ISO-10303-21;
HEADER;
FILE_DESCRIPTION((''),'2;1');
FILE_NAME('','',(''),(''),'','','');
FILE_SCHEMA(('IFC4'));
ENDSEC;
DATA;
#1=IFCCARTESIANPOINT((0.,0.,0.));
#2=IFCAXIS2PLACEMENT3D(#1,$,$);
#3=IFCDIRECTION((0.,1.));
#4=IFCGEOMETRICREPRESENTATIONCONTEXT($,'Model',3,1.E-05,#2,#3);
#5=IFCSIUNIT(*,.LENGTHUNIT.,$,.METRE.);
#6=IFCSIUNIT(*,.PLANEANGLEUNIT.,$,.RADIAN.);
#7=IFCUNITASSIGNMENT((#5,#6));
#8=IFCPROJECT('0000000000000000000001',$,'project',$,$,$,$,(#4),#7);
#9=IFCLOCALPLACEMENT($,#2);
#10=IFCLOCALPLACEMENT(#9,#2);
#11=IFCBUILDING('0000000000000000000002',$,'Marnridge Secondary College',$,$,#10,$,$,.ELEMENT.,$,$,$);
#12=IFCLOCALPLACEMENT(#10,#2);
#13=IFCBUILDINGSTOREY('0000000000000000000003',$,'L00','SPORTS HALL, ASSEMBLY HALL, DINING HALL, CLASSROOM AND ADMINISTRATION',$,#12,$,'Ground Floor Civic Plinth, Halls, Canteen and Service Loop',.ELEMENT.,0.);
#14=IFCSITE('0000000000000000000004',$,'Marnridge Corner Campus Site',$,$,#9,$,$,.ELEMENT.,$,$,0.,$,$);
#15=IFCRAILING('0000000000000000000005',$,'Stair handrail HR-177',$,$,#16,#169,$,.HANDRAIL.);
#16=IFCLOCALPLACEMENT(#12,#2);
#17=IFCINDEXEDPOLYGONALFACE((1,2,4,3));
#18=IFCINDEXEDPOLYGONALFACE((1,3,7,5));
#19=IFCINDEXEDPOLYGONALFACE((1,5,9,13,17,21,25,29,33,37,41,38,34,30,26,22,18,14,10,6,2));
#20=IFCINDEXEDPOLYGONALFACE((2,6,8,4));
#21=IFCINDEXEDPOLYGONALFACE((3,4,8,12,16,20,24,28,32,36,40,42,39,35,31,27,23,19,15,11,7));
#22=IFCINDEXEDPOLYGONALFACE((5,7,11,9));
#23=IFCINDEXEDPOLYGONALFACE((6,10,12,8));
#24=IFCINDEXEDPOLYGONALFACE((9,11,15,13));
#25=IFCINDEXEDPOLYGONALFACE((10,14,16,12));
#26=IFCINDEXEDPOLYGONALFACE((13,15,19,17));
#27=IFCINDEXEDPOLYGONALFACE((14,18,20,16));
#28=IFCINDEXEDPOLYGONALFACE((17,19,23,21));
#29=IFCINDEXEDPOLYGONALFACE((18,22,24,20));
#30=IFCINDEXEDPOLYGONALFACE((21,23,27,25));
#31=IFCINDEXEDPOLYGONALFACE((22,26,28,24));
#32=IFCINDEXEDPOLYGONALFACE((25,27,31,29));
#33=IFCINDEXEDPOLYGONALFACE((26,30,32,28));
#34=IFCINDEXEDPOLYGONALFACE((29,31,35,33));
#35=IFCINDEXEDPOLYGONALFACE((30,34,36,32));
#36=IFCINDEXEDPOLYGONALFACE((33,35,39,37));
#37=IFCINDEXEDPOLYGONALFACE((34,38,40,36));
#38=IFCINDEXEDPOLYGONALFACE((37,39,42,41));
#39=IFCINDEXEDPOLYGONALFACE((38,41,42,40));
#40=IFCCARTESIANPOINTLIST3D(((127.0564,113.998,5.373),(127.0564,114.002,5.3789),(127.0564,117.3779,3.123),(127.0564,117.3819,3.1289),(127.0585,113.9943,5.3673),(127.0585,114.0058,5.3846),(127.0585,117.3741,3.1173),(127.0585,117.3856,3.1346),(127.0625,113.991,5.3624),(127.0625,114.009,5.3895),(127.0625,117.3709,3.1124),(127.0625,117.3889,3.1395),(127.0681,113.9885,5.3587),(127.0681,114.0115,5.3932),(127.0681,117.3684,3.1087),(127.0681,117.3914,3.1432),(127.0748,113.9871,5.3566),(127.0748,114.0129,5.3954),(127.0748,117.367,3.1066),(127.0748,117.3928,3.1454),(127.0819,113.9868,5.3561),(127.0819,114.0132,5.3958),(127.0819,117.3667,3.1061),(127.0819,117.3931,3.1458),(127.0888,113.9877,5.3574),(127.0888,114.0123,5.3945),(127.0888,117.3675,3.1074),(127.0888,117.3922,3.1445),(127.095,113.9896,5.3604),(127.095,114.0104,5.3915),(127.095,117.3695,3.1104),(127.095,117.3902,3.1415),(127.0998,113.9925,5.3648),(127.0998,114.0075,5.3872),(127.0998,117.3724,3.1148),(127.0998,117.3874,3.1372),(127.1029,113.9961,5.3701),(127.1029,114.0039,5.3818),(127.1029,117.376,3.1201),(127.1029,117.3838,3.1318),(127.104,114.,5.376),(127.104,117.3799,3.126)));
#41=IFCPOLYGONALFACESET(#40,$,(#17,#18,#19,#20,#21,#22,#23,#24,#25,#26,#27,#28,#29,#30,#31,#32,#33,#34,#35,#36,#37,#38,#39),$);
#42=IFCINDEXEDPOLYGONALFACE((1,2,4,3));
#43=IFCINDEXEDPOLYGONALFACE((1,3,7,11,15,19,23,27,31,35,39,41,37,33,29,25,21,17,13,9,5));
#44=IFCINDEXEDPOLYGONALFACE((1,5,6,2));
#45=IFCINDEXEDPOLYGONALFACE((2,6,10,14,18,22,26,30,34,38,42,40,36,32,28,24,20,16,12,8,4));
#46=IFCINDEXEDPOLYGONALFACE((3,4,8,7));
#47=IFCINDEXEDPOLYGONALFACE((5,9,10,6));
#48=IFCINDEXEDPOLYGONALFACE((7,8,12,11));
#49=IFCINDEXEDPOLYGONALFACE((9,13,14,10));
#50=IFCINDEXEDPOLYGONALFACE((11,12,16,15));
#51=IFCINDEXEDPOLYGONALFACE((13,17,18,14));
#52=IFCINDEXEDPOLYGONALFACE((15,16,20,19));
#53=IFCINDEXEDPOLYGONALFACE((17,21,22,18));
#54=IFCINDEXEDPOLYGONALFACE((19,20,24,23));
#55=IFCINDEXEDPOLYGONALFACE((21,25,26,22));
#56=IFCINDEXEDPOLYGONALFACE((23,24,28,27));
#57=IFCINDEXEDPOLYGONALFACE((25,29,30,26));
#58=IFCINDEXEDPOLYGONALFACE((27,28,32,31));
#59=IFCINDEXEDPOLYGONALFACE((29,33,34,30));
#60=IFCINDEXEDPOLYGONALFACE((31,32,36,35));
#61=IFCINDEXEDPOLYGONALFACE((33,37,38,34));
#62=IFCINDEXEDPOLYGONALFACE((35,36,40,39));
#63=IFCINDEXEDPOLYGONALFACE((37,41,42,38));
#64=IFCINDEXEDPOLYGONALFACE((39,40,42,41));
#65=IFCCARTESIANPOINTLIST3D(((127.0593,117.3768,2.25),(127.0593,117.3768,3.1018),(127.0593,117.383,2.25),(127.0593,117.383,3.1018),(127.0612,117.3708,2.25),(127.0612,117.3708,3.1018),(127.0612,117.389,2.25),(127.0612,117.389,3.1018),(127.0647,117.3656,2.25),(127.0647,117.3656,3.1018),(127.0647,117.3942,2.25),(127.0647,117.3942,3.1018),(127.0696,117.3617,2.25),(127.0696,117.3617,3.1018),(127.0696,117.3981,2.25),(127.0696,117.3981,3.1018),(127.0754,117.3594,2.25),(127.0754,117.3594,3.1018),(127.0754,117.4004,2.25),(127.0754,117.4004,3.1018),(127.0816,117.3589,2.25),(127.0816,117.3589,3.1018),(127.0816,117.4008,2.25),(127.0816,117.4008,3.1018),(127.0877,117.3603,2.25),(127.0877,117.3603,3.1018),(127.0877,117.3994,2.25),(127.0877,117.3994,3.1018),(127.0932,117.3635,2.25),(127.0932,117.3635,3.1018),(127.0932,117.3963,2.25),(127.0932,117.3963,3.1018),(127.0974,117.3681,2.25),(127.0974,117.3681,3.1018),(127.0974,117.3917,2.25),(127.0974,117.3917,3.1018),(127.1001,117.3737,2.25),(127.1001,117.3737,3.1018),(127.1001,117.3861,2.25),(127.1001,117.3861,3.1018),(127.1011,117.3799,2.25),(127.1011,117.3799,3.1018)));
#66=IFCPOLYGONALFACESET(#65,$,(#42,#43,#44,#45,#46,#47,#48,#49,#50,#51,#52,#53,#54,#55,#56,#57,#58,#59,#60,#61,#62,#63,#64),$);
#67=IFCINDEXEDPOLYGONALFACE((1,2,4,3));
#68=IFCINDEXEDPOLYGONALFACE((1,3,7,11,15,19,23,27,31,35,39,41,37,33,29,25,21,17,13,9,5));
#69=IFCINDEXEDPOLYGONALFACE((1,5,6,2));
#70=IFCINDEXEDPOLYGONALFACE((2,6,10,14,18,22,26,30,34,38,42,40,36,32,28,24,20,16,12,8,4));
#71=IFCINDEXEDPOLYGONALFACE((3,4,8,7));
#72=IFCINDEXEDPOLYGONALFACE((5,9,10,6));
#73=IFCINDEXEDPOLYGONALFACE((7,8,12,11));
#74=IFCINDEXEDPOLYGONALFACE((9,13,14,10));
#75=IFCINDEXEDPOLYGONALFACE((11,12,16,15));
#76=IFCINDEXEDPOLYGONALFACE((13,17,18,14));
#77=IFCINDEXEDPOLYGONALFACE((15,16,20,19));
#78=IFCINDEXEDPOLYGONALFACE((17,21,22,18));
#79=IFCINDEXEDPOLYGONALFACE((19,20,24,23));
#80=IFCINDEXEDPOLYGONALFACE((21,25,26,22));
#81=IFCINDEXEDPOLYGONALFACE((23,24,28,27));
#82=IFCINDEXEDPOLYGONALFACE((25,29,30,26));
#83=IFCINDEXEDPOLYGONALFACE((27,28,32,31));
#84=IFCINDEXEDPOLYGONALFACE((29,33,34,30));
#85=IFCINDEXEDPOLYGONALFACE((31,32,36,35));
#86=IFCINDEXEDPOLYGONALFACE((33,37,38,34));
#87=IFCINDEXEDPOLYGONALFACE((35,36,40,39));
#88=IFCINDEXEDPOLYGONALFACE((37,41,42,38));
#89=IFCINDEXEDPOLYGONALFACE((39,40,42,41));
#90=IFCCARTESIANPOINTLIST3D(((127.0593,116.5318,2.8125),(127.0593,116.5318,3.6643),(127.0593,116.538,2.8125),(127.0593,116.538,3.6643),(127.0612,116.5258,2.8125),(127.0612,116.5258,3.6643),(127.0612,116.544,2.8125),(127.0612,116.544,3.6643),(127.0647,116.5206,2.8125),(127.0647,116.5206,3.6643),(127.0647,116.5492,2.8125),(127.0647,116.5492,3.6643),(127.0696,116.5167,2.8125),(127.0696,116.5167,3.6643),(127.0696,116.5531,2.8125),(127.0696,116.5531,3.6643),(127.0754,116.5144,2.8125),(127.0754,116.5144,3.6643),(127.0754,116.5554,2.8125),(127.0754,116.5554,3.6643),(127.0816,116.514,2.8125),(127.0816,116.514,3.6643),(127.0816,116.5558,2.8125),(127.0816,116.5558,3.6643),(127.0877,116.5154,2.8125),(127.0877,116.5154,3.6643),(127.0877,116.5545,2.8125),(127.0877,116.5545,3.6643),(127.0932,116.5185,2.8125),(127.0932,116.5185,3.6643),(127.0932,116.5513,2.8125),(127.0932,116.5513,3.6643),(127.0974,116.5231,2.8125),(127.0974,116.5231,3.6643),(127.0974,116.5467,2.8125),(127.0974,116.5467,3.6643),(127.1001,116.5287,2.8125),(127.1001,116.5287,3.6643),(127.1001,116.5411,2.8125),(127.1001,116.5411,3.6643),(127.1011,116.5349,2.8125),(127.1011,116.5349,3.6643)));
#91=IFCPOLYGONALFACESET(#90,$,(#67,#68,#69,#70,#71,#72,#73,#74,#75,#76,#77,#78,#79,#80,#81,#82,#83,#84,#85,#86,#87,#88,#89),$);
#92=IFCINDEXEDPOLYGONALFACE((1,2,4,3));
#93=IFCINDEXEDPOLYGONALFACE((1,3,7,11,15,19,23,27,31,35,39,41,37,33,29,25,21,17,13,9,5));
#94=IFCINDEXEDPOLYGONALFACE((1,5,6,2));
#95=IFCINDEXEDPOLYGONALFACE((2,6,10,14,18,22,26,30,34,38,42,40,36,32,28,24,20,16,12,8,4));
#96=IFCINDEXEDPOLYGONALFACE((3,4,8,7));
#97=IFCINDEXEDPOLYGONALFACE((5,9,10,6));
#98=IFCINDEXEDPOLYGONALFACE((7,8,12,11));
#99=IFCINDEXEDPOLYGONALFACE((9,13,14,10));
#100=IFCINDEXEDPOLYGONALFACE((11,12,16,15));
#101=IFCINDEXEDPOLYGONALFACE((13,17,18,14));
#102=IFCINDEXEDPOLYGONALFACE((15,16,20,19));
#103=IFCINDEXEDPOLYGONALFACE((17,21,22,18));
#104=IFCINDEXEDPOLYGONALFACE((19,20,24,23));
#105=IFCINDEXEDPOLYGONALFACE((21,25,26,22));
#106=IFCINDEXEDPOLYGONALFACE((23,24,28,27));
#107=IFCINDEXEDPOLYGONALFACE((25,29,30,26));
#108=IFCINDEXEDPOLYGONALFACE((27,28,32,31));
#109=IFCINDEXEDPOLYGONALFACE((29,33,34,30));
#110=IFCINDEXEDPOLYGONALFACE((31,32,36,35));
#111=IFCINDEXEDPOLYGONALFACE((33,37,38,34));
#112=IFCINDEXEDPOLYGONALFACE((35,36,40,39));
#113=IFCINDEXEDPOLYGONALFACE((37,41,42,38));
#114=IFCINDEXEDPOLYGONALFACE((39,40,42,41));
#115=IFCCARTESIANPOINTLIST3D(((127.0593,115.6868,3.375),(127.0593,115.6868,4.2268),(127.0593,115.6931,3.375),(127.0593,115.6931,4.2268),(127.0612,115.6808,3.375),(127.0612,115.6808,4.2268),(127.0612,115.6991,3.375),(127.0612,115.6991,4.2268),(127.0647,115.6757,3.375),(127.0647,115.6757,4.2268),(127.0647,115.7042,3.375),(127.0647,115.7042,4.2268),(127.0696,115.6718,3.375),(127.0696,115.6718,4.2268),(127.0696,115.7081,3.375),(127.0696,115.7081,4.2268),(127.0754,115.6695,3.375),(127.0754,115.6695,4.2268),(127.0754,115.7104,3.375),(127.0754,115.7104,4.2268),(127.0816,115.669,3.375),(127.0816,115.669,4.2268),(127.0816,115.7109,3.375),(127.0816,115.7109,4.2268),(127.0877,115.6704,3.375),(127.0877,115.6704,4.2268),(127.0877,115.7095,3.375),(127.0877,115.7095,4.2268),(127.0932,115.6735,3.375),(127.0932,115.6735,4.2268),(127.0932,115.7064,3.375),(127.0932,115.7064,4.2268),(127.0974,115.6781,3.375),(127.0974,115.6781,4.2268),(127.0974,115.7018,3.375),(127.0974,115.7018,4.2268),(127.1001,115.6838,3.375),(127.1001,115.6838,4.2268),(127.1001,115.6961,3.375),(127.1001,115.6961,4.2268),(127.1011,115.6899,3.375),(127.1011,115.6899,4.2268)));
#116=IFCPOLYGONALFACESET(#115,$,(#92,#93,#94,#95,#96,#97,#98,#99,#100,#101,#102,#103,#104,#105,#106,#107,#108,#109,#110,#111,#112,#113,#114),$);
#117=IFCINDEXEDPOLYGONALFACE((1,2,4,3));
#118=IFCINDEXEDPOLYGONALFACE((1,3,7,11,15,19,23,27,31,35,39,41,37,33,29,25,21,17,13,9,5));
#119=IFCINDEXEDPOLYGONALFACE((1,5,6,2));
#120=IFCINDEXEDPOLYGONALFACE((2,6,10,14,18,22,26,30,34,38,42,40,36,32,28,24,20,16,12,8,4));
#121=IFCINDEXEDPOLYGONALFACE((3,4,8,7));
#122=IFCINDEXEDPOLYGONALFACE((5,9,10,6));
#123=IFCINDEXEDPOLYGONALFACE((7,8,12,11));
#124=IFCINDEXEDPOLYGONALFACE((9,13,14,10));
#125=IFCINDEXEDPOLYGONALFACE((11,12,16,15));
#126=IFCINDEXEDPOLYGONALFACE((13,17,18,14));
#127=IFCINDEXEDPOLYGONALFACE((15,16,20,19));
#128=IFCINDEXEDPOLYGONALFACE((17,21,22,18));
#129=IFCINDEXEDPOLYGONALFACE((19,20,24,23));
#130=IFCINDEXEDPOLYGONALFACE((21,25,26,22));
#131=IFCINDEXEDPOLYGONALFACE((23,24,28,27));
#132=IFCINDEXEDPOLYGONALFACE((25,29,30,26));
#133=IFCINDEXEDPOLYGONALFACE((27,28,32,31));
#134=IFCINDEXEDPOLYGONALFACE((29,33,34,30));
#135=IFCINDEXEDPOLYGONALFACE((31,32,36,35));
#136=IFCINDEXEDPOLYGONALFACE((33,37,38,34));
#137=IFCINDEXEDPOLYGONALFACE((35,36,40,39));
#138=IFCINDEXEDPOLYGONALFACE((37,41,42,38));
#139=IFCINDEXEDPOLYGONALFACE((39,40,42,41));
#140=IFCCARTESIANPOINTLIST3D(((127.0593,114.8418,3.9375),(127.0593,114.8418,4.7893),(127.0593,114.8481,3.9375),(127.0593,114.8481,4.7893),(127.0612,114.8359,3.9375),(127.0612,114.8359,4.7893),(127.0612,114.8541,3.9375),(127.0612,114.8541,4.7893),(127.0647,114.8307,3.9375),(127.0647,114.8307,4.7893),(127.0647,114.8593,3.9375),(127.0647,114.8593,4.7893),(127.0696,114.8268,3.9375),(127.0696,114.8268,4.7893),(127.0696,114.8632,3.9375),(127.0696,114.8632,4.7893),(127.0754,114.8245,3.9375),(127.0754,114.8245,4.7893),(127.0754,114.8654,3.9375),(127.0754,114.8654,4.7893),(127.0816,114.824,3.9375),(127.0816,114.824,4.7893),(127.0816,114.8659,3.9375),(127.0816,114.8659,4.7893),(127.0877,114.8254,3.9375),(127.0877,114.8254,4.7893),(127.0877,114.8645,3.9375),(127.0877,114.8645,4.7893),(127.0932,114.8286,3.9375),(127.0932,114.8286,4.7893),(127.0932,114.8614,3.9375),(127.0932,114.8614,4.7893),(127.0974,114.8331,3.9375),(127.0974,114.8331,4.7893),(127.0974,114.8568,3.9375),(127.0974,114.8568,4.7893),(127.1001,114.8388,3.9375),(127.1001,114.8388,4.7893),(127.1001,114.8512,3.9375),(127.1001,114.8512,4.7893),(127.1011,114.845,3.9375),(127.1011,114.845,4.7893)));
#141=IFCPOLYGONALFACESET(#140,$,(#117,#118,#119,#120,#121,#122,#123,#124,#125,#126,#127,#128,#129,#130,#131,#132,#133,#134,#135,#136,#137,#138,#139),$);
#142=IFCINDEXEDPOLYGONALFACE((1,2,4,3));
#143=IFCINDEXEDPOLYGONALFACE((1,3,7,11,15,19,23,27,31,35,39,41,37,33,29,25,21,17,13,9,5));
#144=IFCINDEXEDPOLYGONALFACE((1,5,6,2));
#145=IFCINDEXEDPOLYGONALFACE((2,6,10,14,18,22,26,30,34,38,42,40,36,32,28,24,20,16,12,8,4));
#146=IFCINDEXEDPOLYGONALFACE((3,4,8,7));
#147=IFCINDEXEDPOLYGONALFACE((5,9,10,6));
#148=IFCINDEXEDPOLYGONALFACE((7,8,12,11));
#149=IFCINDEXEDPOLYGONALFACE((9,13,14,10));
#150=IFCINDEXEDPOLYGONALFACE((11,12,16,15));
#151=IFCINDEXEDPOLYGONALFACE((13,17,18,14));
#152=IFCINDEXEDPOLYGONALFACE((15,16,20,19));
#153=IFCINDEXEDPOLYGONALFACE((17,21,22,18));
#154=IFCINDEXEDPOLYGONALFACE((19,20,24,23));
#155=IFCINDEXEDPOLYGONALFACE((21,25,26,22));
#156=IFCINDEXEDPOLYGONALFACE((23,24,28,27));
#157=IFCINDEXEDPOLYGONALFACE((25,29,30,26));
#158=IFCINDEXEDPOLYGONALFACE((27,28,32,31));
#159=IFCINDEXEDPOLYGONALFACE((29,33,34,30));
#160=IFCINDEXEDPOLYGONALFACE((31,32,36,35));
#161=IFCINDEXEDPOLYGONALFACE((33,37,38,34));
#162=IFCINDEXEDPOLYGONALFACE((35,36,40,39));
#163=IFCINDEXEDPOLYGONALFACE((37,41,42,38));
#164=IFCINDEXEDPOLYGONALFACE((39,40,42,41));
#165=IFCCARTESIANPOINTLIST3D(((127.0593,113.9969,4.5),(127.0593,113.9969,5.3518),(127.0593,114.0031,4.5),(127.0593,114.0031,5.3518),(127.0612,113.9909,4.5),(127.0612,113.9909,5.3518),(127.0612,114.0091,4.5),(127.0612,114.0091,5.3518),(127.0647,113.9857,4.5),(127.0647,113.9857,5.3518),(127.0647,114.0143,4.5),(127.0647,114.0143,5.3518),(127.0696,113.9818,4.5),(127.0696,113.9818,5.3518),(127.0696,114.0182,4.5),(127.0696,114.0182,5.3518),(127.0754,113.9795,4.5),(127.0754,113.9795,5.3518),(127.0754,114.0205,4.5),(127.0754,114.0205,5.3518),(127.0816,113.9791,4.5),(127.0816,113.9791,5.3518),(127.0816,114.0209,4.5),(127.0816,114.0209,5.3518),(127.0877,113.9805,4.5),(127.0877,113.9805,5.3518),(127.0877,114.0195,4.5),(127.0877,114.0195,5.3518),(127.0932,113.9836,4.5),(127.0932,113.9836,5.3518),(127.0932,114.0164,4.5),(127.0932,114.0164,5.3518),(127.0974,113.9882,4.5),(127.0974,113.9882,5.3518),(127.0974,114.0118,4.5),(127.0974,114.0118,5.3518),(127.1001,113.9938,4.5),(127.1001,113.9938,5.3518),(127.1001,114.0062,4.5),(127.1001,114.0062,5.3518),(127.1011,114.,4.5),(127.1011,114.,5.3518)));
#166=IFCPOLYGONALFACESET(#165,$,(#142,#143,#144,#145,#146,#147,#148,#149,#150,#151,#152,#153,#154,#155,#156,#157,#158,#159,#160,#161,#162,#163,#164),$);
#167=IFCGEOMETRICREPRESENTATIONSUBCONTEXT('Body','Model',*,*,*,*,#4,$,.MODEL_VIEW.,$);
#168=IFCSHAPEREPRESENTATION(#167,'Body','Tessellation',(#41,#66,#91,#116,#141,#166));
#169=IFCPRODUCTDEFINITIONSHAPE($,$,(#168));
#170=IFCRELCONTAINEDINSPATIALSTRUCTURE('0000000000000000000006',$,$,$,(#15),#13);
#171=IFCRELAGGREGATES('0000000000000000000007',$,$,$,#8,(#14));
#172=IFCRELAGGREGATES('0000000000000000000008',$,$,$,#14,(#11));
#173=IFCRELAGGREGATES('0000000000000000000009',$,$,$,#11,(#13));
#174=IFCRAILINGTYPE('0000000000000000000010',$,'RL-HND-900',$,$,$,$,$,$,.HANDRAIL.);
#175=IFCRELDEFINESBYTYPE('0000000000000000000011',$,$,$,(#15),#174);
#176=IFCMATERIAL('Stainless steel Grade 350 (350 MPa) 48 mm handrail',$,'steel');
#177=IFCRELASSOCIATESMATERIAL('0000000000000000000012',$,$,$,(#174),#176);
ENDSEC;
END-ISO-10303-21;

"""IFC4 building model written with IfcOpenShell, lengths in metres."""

from ifc_helpers import new_model, si_unit, direction, frame, origin, origin_2d, place, context, subcontext, project, spatial, circle, extrude, material, type_object, element, save


model = new_model("IFC4")

# Units and contexts
model_context = context("Model", 3, precision=1e-05, world=origin(), true_north=direction((0.0, 1.0)))
body_context = subcontext(model_context, "Body", "Model", "MODEL_VIEW")
ifc_project = project(units=[si_unit("LENGTHUNIT", "METRE"), si_unit("PLANEANGLEUNIT", "RADIAN")], contexts=[model_context])

# Site, building, storey
site_placement = place(None, origin())
site = spatial("IfcSite", under=ifc_project, at=site_placement, Name="Marnridge Corner Campus Site", CompositionType="ELEMENT", RefElevation=0.0)
building_placement = place(site_placement, origin())
building = spatial("IfcBuilding", under=site, at=building_placement, Name="Marnridge Secondary College", CompositionType="ELEMENT")
storey_placement = place(building_placement, origin())
storey = spatial("IfcBuildingStorey", under=building, at=storey_placement, Name="L00", Description="SPORTS HALL, ASSEMBLY HALL, DINING HALL, CLASSROOM AND ADMINISTRATION", LongName="Ground Floor Civic Plinth, Halls, Canteen and Service Loop", CompositionType="ELEMENT", Elevation=0.0)

# Railing
ifc_material_1 = material(Name="Stainless steel Grade 350 (350 MPa) 48 mm handrail", Category="steel")
railing_type_1 = type_object("IfcRailingType", Name="RL-HND-900", PredefinedType="HANDRAIL", material=ifc_material_1)
for number, where, name in (
    (1, (127.0801, 117.3799, 2.25), "Stair handrail HR-177"),
):
    element("IfcRailing", number, at=place(storey_placement, frame(where)), inside=storey, type_object=railing_type_1, Name=name, PredefinedType="HANDRAIL", context=body_context, shape_type="SweptSolid", body=[
        extrude(circle(Radius=0.0239, at=origin_2d()), frame((0.0, 0.0, 0.876), z_axis=(0.0, -0.83242, 0.554145), x_axis=(1.0, 0.0, 0.0)), (0.0, 0.0, 1.0), 4.0603),
        extrude(circle(Radius=0.021, at=origin_2d()), origin(), (0.0, 0.0, 1.0), 0.8518),
        extrude(circle(Radius=0.021, at=origin_2d()), frame((0.0, -0.845, 0.5625)), (0.0, 0.0, 1.0), 0.8518),
        extrude(circle(Radius=0.021, at=origin_2d()), frame((0.0, -1.6899, 1.125)), (0.0, 0.0, 1.0), 0.8518),
        extrude(circle(Radius=0.021, at=origin_2d()), frame((0.0, -2.5349, 1.6875)), (0.0, 0.0, 1.0), 0.8518),
        extrude(circle(Radius=0.021, at=origin_2d()), frame((0.0, -3.3799, 2.25)), (0.0, 0.0, 1.0), 0.8518),
    ])

save(model, "model.ifc")
